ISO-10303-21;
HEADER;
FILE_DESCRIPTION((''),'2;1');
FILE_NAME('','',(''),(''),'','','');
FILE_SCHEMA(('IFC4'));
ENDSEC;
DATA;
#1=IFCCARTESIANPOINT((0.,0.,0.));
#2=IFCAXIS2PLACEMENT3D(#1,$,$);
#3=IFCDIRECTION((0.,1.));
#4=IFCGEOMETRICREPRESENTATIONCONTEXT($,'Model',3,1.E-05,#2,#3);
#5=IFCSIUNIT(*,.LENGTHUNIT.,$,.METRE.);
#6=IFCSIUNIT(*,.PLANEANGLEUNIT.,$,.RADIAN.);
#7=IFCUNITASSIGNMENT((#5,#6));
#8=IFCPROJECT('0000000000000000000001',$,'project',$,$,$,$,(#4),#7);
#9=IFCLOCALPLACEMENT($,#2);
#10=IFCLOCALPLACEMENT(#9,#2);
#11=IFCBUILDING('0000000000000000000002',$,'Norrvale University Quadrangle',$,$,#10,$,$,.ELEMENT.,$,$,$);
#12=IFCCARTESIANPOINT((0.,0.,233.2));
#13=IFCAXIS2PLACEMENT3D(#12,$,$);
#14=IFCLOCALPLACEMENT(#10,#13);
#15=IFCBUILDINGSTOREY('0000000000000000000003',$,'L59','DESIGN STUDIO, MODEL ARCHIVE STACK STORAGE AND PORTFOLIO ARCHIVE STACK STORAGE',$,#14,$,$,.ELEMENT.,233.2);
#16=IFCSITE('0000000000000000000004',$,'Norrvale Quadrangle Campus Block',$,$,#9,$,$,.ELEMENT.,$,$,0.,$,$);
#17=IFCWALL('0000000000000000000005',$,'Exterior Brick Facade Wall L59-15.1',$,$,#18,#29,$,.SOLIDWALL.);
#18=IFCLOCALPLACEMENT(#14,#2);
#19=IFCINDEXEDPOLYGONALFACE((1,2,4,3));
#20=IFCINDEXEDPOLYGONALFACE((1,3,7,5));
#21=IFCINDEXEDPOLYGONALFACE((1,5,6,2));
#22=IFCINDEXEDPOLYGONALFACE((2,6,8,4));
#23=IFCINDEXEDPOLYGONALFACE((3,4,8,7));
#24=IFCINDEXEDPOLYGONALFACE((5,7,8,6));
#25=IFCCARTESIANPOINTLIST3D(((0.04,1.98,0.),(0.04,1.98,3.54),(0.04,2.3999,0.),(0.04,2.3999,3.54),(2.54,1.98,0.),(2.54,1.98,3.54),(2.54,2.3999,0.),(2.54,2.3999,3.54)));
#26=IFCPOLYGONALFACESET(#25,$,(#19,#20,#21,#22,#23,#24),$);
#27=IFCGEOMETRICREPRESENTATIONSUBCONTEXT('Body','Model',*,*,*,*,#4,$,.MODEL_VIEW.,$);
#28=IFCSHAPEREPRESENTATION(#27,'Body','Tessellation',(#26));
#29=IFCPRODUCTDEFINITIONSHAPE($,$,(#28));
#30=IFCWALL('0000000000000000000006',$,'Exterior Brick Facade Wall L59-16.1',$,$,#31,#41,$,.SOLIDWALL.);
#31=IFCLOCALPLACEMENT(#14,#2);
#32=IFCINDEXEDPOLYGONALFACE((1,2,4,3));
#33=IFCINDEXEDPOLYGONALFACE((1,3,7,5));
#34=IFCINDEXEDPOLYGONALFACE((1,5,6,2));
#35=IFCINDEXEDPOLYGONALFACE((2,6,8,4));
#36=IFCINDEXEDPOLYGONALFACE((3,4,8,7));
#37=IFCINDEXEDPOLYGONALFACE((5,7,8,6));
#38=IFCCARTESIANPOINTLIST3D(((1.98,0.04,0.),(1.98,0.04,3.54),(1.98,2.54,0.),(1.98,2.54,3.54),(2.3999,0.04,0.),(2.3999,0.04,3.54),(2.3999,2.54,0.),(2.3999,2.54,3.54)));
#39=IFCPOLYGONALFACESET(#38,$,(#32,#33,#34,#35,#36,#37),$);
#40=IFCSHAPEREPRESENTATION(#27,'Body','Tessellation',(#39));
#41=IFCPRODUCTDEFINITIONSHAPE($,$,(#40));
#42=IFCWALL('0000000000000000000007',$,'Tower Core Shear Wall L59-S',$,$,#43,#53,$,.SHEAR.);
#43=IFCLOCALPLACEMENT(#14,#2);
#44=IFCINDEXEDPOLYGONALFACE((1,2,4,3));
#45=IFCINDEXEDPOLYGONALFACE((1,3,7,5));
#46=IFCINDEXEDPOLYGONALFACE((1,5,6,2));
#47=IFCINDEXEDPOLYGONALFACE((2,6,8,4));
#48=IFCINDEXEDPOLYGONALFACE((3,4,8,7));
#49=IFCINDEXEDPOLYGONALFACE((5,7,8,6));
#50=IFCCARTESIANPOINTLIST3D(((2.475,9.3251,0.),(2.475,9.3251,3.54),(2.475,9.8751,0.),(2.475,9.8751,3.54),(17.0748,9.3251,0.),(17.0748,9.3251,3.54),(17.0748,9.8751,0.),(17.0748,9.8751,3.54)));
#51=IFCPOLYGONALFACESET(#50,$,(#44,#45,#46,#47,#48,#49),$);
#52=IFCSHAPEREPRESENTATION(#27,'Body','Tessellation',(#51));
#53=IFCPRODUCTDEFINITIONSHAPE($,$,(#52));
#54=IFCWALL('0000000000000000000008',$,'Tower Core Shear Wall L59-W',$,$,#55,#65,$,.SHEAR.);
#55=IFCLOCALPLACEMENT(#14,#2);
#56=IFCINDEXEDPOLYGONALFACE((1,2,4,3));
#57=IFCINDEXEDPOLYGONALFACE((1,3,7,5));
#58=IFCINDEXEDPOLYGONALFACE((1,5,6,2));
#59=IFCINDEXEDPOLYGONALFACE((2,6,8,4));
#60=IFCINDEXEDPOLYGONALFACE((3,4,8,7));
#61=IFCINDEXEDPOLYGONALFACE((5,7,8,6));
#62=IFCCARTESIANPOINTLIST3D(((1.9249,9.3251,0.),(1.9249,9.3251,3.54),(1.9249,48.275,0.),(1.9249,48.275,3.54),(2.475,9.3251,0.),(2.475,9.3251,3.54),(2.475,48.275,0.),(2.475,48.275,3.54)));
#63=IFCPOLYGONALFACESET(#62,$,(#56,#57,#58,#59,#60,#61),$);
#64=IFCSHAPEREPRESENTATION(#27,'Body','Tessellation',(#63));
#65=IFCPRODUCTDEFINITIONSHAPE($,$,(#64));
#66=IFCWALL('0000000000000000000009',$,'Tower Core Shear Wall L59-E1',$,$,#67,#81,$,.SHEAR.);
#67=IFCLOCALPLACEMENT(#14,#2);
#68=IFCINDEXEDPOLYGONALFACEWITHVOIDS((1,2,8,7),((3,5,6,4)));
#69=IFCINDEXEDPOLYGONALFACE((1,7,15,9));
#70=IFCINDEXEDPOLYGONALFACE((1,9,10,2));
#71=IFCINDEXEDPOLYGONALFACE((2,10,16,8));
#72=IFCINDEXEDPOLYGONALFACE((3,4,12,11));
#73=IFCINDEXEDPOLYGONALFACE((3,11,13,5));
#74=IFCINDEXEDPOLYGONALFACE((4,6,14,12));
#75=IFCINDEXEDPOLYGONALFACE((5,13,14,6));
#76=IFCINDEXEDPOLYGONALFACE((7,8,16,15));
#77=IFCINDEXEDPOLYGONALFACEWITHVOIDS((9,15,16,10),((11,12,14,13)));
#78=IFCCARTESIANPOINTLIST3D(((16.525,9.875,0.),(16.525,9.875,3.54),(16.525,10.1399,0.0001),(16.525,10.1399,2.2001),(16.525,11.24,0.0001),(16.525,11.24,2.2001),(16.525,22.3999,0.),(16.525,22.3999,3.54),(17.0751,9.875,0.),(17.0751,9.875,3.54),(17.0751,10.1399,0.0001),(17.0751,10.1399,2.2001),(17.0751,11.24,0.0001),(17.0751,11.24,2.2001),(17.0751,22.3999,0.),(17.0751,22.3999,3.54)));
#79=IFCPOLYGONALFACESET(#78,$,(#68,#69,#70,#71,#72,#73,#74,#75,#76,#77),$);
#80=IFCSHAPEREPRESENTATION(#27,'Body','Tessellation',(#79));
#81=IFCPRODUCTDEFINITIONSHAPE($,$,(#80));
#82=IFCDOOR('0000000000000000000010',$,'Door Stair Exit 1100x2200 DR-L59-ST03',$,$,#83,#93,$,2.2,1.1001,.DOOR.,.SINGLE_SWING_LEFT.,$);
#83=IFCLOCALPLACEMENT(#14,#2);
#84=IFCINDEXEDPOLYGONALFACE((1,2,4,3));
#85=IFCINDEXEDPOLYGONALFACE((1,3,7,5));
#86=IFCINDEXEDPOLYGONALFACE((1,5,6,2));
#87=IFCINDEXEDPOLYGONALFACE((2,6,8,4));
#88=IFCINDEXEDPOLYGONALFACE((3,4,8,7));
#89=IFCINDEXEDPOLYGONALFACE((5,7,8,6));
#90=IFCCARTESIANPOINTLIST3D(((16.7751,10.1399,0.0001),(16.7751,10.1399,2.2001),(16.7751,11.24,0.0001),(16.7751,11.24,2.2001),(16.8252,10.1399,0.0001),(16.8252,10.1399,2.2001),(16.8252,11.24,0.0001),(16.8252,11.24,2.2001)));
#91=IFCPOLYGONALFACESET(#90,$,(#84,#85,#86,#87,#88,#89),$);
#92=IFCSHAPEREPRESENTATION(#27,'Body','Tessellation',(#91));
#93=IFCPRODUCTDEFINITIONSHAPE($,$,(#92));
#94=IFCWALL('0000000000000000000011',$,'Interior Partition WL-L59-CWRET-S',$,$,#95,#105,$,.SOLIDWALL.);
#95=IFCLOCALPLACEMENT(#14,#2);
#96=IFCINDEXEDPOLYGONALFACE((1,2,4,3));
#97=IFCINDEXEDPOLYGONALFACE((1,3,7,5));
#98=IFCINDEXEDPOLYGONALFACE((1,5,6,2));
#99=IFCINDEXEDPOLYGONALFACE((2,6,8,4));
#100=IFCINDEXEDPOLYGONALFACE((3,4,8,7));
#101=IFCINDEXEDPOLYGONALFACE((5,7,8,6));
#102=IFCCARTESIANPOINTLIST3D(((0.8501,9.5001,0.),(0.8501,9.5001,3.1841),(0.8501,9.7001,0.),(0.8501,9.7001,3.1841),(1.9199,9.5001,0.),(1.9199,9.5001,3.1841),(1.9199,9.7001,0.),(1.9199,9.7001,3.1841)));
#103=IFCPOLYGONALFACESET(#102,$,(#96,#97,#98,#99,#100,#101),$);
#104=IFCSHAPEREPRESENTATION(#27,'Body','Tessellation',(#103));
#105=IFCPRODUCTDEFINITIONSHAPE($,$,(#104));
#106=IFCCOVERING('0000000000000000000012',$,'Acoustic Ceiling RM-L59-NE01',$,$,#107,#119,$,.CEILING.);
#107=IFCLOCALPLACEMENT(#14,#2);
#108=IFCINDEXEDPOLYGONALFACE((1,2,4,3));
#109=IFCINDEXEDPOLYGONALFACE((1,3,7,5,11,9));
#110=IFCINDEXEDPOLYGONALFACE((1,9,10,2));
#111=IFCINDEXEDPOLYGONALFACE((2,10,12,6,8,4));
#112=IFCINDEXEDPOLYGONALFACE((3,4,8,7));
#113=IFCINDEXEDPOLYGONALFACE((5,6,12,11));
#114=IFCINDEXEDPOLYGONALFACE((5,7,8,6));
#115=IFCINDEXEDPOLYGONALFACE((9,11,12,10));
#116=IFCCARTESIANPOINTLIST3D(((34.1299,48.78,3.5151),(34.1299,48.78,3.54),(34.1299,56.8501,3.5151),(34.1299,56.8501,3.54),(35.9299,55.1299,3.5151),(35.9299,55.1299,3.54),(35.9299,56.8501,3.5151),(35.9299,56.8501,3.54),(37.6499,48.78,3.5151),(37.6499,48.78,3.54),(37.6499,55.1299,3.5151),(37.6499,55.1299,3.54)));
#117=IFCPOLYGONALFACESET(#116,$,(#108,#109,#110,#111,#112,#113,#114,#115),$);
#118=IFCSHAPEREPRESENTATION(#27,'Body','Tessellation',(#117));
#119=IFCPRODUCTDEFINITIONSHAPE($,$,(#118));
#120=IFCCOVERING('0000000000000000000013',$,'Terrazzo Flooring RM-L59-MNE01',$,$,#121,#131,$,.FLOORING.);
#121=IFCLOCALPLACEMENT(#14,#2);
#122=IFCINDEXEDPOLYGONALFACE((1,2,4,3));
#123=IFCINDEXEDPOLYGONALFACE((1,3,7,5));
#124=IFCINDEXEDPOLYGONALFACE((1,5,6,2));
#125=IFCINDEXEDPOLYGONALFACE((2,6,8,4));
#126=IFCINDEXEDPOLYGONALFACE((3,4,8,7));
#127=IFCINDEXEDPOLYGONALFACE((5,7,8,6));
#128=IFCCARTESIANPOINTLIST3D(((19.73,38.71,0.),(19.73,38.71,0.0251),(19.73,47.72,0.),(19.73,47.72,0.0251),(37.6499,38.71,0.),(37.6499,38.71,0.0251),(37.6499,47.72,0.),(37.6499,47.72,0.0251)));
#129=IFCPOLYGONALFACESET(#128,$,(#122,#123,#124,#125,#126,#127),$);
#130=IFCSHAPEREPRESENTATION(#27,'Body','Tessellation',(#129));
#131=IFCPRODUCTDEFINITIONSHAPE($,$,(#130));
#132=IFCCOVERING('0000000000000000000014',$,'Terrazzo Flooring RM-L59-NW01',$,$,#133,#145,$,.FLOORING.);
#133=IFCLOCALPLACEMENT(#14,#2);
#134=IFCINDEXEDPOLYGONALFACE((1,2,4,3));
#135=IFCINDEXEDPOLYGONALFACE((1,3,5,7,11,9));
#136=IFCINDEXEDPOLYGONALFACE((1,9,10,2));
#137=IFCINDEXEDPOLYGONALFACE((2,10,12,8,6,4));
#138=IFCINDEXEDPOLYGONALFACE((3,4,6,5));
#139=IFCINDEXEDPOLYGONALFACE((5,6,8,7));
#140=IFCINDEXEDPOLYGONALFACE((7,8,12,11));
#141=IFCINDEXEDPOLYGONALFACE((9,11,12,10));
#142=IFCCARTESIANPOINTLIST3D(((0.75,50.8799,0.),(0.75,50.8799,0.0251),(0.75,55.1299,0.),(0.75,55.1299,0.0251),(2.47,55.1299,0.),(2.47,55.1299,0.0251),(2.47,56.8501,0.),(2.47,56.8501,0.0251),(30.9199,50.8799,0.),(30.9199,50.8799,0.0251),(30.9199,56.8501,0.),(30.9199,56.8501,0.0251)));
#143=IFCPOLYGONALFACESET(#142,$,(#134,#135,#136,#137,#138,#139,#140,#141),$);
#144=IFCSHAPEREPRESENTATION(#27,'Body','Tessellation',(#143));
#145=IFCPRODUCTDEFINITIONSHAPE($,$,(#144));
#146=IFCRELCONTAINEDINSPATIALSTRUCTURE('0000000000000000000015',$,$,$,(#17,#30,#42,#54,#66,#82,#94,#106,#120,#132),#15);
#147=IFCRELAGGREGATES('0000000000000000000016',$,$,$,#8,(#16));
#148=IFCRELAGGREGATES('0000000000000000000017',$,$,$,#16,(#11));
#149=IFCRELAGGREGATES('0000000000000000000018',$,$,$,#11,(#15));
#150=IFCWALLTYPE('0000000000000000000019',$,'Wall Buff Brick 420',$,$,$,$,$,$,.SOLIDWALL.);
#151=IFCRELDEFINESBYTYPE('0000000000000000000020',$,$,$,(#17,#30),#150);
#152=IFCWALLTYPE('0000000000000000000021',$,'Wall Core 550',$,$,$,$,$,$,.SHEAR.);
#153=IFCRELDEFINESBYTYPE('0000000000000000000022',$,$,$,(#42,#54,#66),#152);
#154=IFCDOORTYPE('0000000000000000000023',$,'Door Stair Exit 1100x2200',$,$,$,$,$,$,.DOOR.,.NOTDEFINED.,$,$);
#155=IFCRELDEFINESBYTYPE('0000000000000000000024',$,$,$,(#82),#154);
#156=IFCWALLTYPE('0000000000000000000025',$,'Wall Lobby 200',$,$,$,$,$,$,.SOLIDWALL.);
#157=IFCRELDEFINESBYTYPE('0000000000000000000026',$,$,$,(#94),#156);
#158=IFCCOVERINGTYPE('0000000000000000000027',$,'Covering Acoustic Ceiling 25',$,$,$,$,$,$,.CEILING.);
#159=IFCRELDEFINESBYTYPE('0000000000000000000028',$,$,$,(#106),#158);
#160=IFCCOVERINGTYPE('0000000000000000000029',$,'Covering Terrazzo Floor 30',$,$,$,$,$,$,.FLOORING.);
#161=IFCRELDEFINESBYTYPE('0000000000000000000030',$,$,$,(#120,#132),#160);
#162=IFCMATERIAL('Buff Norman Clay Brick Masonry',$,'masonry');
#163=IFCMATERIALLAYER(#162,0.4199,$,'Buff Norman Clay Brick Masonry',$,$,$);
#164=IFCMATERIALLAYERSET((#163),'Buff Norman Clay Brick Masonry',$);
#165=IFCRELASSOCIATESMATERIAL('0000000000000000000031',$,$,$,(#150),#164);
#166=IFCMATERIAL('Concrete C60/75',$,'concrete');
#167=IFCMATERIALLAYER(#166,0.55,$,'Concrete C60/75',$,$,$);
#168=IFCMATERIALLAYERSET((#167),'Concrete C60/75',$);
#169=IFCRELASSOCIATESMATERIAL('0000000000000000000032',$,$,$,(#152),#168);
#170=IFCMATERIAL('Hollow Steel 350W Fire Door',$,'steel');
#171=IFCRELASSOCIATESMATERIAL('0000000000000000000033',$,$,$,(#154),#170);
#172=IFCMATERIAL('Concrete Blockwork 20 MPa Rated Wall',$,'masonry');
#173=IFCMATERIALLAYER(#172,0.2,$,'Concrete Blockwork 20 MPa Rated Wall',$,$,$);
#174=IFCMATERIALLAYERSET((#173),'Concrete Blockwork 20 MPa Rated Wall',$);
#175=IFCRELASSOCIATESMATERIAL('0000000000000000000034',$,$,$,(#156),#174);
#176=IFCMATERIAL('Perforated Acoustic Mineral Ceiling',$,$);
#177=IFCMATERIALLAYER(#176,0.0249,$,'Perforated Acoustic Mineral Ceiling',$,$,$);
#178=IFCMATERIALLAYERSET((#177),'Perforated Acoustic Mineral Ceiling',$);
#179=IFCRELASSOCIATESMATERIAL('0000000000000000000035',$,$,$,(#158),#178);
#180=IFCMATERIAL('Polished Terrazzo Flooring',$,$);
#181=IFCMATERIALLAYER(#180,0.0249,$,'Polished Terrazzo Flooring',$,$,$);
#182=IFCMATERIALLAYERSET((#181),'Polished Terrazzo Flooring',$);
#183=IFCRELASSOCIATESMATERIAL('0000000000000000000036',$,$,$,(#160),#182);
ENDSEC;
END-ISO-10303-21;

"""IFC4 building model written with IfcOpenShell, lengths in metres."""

from ifc_helpers import new_model, si_unit, direction, frame, frame_2d, origin, place, context, subcontext, project, spatial, polyline, rectangle, outline, extrude, material, layer, layer_set, type_object, element, fill, save


model = new_model("IFC4")

# Units and contexts
model_context = context("Model", 3, precision=1e-05, world=origin(), true_north=direction((0.0, 1.0)))
body_context = subcontext(model_context, "Body", "Model", "MODEL_VIEW")
ifc_project = project(units=[si_unit("LENGTHUNIT", "METRE"), si_unit("PLANEANGLEUNIT", "RADIAN")], contexts=[model_context])

# Site, building, storey
site_placement = place(None, origin())
site = spatial("IfcSite", under=ifc_project, at=site_placement, Name="Norrvale Quadrangle Campus Block", CompositionType="ELEMENT", RefElevation=0.0)
building_placement = place(site_placement, origin())
building = spatial("IfcBuilding", under=site, at=building_placement, Name="Norrvale University Quadrangle", CompositionType="ELEMENT")
storey_placement = place(building_placement, frame((0.0, 0.0, 233.2)))
storey = spatial("IfcBuildingStorey", under=building, at=storey_placement, Name="L59", Description="DESIGN STUDIO, MODEL ARCHIVE STACK STORAGE AND PORTFOLIO ARCHIVE STACK STORAGE", CompositionType="ELEMENT", Elevation=233.2)

# Shared definitions
ifc_material_1 = material(Name="Concrete C60/75", Category="concrete")

# Shared definitions
ifc_material_2 = material(Name="Buff Norman Clay Brick Masonry", Category="masonry")
ifc_layer_1 = layer(ifc_material_2, 0.4199, Name="Buff Norman Clay Brick Masonry")
ifc_layer_set_1 = layer_set([ifc_layer_1], Name="Buff Norman Clay Brick Masonry")
wall_type_1 = type_object("IfcWallType", Name="Wall Buff Brick 420", PredefinedType="SOLIDWALL", material=ifc_layer_set_1)

# Walls
for number, where, z_axis, x_axis, name in (
    (1, (0.04, 2.1899, 0.0), (0.0, 0.0, 1.0), (1.0, 0.0, 0.0), "Exterior Brick Facade Wall L59-15.1"),
    (2, (2.1899, 2.54, 0.0), (0.0, 0.0, 1.0), (0.0, -1.0, 0.0), "Exterior Brick Facade Wall L59-16.1"),
):
    element("IfcWall", number, at=place(storey_placement, frame(where, z_axis=z_axis, x_axis=x_axis)), inside=storey, type_object=wall_type_1, Name=name, PredefinedType="SOLIDWALL", context=body_context, shape_type="SweptSolid", body=[
        extrude(rectangle(XDim=2.5, YDim=0.4199, at=frame_2d((1.25, 0.0))), origin(), (0.0, 0.0, 1.0), 3.54),
    ])
ifc_layer_2 = layer(ifc_material_1, 0.55, Name="Concrete C60/75")
ifc_layer_set_2 = layer_set([ifc_layer_2], Name="Concrete C60/75")
wall_type_2 = type_object("IfcWallType", Name="Wall Core 550", PredefinedType="SHEAR", material=ifc_layer_set_2)
wall_1_placement = place(storey_placement, frame((2.4751, 9.6001, 0.0), z_axis=(0.0, 0.0, 1.0), x_axis=(1.0, 0.0, 0.0)))
element("IfcWall", 3, at=wall_1_placement, inside=storey, type_object=wall_type_2, Name="Tower Core Shear Wall L59-S", PredefinedType="SHEAR", context=body_context, shape_type="SweptSolid", body=[
    extrude(rectangle(XDim=14.5999, YDim=0.55, at=frame_2d((7.2998, 0.0))), origin(), (0.0, 0.0, 1.0), 3.54),
])
wall_2_placement = place(storey_placement, frame((2.2, 9.325, 0.0), z_axis=(0.0, 0.0, 1.0), x_axis=(0.0, 1.0, 0.0)))
element("IfcWall", 4, at=wall_2_placement, inside=storey, type_object=wall_type_2, Name="Tower Core Shear Wall L59-W", PredefinedType="SHEAR", context=body_context, shape_type="SweptSolid", body=[
    extrude(rectangle(XDim=38.95, YDim=0.55, at=frame_2d((19.4751, 0.0))), origin(), (0.0, 0.0, 1.0), 3.54),
])

# Wall, opening, door
wall_3_placement = place(storey_placement, frame((16.8, 9.875, 0.0), z_axis=(0.0, 0.0, 1.0), x_axis=(0.0, 1.0, 0.0)))
wall_3 = element("IfcWall", 5, at=wall_3_placement, inside=storey, type_object=wall_type_2, Name="Tower Core Shear Wall L59-E1", PredefinedType="SHEAR", context=body_context, shape_type="SweptSolid", body=[
    extrude(rectangle(XDim=12.5249, YDim=0.55, at=frame_2d((6.2625, 0.0))), origin(), (0.0, 0.0, 1.0), 3.54),
])
opening_1_placement = place(wall_3_placement, frame((0.2649, 0.0, 0.0)))
opening_1 = element("IfcOpeningElement", 6, at=opening_1_placement, cuts=wall_3, PredefinedType="OPENING", context=body_context, shape_type="SweptSolid", body=[
    extrude(rectangle(XDim=1.1001, YDim=2.2, at=frame_2d((0.55, 1.1001))), frame((0.0, 0.2871, 0.0), z_axis=(0.0, -1.0, 0.0), x_axis=(1.0, 0.0, 0.0)), (0.0, 0.0, 1.0), 0.574),
])
ifc_material_3 = material(Name="Hollow Steel 350W Fire Door", Category="steel")
door_type = type_object("IfcDoorType", Name="Door Stair Exit 1100x2200", OperationType="NOTDEFINED", PredefinedType="DOOR", material=ifc_material_3)
door_placement = place(opening_1_placement, origin())
door = element("IfcDoor", 7, at=door_placement, inside=storey, type_object=door_type, Name="Door Stair Exit 1100x2200 DR-L59-ST03", OperationType="SINGLE_SWING_LEFT", OverallHeight=2.2, OverallWidth=1.1001, PredefinedType="DOOR", context=body_context, shape_type="SweptSolid", body=[
    extrude(rectangle(XDim=1.1001, YDim=2.2, at=frame_2d((0.55, 1.1001))), frame((0.0, 0.0249, 0.0), z_axis=(0.0, -1.0, 0.0), x_axis=(1.0, 0.0, 0.0)), (0.0, 0.0, 1.0), 0.05),
])
fill(opening_1, door)

# Wall
ifc_material_4 = material(Name="Concrete Blockwork 20 MPa Rated Wall", Category="masonry")
ifc_layer_3 = layer(ifc_material_4, 0.2, Name="Concrete Blockwork 20 MPa Rated Wall")
ifc_layer_set_3 = layer_set([ifc_layer_3], Name="Concrete Blockwork 20 MPa Rated Wall")
wall_type_3 = type_object("IfcWallType", Name="Wall Lobby 200", PredefinedType="SOLIDWALL", material=ifc_layer_set_3)
wall_4_placement = place(storey_placement, frame((0.8501, 9.6001, 0.0), z_axis=(0.0, 0.0, 1.0), x_axis=(1.0, 0.0, 0.0)))
element("IfcWall", 8, at=wall_4_placement, inside=storey, type_object=wall_type_3, Name="Interior Partition WL-L59-CWRET-S", PredefinedType="SOLIDWALL", context=body_context, shape_type="SweptSolid", body=[
    extrude(rectangle(XDim=1.0698, YDim=0.2, at=frame_2d((0.5349, 0.0))), origin(), (0.0, 0.0, 1.0), 3.1841),
])

# Coverings
ifc_material_5 = material(Name="Perforated Acoustic Mineral Ceiling")
ifc_layer_4 = layer(ifc_material_5, 0.0249, Name="Perforated Acoustic Mineral Ceiling")
ifc_layer_set_4 = layer_set([ifc_layer_4], Name="Perforated Acoustic Mineral Ceiling")
covering_type_1 = type_object("IfcCoveringType", Name="Covering Acoustic Ceiling 25", PredefinedType="CEILING", material=ifc_layer_set_4)
covering_1_placement = place(storey_placement, frame((0.0, 0.0, 3.5151)))
element("IfcCovering", 9, at=covering_1_placement, inside=storey, type_object=covering_type_1, Name="Acoustic Ceiling RM-L59-NE01", PredefinedType="CEILING", context=body_context, shape_type="SweptSolid", body=[
    extrude(outline(polyline([(37.6499, 48.78), (34.1299, 48.78), (34.1299, 56.8501), (35.9299, 56.8501), (35.9299, 55.1299), (37.6499, 55.1299), (37.6499, 48.78)])), origin(), (0.0, 0.0, 1.0), 0.0249),
])
ifc_material_6 = material(Name="Polished Terrazzo Flooring")
ifc_layer_5 = layer(ifc_material_6, 0.0249, Name="Polished Terrazzo Flooring")
ifc_layer_set_5 = layer_set([ifc_layer_5], Name="Polished Terrazzo Flooring")
covering_type_2 = type_object("IfcCoveringType", Name="Covering Terrazzo Floor 30", PredefinedType="FLOORING", material=ifc_layer_set_5)
covering_2_placement = place(storey_placement, origin())
element("IfcCovering", 10, at=covering_2_placement, inside=storey, type_object=covering_type_2, Name="Terrazzo Flooring RM-L59-MNE01", PredefinedType="FLOORING", context=body_context, shape_type="SweptSolid", body=[
    extrude(outline(polyline([(19.73, 47.72), (37.6499, 47.72), (37.6499, 38.71), (19.73, 38.71), (19.73, 47.72)])), origin(), (0.0, 0.0, 1.0), 0.0251),
])
covering_3_placement = place(storey_placement, origin())
element("IfcCovering", 11, at=covering_3_placement, inside=storey, type_object=covering_type_2, Name="Terrazzo Flooring RM-L59-NW01", PredefinedType="FLOORING", context=body_context, shape_type="SweptSolid", body=[
    extrude(outline(polyline([(30.9199, 56.8501), (30.9199, 50.8799), (0.75, 50.8799), (0.75, 55.1299), (2.47, 55.1299), (2.47, 56.8501), (30.9199, 56.8501)])), origin(), (0.0, 0.0, 1.0), 0.0251),
])

save(model, "model.ifc")
